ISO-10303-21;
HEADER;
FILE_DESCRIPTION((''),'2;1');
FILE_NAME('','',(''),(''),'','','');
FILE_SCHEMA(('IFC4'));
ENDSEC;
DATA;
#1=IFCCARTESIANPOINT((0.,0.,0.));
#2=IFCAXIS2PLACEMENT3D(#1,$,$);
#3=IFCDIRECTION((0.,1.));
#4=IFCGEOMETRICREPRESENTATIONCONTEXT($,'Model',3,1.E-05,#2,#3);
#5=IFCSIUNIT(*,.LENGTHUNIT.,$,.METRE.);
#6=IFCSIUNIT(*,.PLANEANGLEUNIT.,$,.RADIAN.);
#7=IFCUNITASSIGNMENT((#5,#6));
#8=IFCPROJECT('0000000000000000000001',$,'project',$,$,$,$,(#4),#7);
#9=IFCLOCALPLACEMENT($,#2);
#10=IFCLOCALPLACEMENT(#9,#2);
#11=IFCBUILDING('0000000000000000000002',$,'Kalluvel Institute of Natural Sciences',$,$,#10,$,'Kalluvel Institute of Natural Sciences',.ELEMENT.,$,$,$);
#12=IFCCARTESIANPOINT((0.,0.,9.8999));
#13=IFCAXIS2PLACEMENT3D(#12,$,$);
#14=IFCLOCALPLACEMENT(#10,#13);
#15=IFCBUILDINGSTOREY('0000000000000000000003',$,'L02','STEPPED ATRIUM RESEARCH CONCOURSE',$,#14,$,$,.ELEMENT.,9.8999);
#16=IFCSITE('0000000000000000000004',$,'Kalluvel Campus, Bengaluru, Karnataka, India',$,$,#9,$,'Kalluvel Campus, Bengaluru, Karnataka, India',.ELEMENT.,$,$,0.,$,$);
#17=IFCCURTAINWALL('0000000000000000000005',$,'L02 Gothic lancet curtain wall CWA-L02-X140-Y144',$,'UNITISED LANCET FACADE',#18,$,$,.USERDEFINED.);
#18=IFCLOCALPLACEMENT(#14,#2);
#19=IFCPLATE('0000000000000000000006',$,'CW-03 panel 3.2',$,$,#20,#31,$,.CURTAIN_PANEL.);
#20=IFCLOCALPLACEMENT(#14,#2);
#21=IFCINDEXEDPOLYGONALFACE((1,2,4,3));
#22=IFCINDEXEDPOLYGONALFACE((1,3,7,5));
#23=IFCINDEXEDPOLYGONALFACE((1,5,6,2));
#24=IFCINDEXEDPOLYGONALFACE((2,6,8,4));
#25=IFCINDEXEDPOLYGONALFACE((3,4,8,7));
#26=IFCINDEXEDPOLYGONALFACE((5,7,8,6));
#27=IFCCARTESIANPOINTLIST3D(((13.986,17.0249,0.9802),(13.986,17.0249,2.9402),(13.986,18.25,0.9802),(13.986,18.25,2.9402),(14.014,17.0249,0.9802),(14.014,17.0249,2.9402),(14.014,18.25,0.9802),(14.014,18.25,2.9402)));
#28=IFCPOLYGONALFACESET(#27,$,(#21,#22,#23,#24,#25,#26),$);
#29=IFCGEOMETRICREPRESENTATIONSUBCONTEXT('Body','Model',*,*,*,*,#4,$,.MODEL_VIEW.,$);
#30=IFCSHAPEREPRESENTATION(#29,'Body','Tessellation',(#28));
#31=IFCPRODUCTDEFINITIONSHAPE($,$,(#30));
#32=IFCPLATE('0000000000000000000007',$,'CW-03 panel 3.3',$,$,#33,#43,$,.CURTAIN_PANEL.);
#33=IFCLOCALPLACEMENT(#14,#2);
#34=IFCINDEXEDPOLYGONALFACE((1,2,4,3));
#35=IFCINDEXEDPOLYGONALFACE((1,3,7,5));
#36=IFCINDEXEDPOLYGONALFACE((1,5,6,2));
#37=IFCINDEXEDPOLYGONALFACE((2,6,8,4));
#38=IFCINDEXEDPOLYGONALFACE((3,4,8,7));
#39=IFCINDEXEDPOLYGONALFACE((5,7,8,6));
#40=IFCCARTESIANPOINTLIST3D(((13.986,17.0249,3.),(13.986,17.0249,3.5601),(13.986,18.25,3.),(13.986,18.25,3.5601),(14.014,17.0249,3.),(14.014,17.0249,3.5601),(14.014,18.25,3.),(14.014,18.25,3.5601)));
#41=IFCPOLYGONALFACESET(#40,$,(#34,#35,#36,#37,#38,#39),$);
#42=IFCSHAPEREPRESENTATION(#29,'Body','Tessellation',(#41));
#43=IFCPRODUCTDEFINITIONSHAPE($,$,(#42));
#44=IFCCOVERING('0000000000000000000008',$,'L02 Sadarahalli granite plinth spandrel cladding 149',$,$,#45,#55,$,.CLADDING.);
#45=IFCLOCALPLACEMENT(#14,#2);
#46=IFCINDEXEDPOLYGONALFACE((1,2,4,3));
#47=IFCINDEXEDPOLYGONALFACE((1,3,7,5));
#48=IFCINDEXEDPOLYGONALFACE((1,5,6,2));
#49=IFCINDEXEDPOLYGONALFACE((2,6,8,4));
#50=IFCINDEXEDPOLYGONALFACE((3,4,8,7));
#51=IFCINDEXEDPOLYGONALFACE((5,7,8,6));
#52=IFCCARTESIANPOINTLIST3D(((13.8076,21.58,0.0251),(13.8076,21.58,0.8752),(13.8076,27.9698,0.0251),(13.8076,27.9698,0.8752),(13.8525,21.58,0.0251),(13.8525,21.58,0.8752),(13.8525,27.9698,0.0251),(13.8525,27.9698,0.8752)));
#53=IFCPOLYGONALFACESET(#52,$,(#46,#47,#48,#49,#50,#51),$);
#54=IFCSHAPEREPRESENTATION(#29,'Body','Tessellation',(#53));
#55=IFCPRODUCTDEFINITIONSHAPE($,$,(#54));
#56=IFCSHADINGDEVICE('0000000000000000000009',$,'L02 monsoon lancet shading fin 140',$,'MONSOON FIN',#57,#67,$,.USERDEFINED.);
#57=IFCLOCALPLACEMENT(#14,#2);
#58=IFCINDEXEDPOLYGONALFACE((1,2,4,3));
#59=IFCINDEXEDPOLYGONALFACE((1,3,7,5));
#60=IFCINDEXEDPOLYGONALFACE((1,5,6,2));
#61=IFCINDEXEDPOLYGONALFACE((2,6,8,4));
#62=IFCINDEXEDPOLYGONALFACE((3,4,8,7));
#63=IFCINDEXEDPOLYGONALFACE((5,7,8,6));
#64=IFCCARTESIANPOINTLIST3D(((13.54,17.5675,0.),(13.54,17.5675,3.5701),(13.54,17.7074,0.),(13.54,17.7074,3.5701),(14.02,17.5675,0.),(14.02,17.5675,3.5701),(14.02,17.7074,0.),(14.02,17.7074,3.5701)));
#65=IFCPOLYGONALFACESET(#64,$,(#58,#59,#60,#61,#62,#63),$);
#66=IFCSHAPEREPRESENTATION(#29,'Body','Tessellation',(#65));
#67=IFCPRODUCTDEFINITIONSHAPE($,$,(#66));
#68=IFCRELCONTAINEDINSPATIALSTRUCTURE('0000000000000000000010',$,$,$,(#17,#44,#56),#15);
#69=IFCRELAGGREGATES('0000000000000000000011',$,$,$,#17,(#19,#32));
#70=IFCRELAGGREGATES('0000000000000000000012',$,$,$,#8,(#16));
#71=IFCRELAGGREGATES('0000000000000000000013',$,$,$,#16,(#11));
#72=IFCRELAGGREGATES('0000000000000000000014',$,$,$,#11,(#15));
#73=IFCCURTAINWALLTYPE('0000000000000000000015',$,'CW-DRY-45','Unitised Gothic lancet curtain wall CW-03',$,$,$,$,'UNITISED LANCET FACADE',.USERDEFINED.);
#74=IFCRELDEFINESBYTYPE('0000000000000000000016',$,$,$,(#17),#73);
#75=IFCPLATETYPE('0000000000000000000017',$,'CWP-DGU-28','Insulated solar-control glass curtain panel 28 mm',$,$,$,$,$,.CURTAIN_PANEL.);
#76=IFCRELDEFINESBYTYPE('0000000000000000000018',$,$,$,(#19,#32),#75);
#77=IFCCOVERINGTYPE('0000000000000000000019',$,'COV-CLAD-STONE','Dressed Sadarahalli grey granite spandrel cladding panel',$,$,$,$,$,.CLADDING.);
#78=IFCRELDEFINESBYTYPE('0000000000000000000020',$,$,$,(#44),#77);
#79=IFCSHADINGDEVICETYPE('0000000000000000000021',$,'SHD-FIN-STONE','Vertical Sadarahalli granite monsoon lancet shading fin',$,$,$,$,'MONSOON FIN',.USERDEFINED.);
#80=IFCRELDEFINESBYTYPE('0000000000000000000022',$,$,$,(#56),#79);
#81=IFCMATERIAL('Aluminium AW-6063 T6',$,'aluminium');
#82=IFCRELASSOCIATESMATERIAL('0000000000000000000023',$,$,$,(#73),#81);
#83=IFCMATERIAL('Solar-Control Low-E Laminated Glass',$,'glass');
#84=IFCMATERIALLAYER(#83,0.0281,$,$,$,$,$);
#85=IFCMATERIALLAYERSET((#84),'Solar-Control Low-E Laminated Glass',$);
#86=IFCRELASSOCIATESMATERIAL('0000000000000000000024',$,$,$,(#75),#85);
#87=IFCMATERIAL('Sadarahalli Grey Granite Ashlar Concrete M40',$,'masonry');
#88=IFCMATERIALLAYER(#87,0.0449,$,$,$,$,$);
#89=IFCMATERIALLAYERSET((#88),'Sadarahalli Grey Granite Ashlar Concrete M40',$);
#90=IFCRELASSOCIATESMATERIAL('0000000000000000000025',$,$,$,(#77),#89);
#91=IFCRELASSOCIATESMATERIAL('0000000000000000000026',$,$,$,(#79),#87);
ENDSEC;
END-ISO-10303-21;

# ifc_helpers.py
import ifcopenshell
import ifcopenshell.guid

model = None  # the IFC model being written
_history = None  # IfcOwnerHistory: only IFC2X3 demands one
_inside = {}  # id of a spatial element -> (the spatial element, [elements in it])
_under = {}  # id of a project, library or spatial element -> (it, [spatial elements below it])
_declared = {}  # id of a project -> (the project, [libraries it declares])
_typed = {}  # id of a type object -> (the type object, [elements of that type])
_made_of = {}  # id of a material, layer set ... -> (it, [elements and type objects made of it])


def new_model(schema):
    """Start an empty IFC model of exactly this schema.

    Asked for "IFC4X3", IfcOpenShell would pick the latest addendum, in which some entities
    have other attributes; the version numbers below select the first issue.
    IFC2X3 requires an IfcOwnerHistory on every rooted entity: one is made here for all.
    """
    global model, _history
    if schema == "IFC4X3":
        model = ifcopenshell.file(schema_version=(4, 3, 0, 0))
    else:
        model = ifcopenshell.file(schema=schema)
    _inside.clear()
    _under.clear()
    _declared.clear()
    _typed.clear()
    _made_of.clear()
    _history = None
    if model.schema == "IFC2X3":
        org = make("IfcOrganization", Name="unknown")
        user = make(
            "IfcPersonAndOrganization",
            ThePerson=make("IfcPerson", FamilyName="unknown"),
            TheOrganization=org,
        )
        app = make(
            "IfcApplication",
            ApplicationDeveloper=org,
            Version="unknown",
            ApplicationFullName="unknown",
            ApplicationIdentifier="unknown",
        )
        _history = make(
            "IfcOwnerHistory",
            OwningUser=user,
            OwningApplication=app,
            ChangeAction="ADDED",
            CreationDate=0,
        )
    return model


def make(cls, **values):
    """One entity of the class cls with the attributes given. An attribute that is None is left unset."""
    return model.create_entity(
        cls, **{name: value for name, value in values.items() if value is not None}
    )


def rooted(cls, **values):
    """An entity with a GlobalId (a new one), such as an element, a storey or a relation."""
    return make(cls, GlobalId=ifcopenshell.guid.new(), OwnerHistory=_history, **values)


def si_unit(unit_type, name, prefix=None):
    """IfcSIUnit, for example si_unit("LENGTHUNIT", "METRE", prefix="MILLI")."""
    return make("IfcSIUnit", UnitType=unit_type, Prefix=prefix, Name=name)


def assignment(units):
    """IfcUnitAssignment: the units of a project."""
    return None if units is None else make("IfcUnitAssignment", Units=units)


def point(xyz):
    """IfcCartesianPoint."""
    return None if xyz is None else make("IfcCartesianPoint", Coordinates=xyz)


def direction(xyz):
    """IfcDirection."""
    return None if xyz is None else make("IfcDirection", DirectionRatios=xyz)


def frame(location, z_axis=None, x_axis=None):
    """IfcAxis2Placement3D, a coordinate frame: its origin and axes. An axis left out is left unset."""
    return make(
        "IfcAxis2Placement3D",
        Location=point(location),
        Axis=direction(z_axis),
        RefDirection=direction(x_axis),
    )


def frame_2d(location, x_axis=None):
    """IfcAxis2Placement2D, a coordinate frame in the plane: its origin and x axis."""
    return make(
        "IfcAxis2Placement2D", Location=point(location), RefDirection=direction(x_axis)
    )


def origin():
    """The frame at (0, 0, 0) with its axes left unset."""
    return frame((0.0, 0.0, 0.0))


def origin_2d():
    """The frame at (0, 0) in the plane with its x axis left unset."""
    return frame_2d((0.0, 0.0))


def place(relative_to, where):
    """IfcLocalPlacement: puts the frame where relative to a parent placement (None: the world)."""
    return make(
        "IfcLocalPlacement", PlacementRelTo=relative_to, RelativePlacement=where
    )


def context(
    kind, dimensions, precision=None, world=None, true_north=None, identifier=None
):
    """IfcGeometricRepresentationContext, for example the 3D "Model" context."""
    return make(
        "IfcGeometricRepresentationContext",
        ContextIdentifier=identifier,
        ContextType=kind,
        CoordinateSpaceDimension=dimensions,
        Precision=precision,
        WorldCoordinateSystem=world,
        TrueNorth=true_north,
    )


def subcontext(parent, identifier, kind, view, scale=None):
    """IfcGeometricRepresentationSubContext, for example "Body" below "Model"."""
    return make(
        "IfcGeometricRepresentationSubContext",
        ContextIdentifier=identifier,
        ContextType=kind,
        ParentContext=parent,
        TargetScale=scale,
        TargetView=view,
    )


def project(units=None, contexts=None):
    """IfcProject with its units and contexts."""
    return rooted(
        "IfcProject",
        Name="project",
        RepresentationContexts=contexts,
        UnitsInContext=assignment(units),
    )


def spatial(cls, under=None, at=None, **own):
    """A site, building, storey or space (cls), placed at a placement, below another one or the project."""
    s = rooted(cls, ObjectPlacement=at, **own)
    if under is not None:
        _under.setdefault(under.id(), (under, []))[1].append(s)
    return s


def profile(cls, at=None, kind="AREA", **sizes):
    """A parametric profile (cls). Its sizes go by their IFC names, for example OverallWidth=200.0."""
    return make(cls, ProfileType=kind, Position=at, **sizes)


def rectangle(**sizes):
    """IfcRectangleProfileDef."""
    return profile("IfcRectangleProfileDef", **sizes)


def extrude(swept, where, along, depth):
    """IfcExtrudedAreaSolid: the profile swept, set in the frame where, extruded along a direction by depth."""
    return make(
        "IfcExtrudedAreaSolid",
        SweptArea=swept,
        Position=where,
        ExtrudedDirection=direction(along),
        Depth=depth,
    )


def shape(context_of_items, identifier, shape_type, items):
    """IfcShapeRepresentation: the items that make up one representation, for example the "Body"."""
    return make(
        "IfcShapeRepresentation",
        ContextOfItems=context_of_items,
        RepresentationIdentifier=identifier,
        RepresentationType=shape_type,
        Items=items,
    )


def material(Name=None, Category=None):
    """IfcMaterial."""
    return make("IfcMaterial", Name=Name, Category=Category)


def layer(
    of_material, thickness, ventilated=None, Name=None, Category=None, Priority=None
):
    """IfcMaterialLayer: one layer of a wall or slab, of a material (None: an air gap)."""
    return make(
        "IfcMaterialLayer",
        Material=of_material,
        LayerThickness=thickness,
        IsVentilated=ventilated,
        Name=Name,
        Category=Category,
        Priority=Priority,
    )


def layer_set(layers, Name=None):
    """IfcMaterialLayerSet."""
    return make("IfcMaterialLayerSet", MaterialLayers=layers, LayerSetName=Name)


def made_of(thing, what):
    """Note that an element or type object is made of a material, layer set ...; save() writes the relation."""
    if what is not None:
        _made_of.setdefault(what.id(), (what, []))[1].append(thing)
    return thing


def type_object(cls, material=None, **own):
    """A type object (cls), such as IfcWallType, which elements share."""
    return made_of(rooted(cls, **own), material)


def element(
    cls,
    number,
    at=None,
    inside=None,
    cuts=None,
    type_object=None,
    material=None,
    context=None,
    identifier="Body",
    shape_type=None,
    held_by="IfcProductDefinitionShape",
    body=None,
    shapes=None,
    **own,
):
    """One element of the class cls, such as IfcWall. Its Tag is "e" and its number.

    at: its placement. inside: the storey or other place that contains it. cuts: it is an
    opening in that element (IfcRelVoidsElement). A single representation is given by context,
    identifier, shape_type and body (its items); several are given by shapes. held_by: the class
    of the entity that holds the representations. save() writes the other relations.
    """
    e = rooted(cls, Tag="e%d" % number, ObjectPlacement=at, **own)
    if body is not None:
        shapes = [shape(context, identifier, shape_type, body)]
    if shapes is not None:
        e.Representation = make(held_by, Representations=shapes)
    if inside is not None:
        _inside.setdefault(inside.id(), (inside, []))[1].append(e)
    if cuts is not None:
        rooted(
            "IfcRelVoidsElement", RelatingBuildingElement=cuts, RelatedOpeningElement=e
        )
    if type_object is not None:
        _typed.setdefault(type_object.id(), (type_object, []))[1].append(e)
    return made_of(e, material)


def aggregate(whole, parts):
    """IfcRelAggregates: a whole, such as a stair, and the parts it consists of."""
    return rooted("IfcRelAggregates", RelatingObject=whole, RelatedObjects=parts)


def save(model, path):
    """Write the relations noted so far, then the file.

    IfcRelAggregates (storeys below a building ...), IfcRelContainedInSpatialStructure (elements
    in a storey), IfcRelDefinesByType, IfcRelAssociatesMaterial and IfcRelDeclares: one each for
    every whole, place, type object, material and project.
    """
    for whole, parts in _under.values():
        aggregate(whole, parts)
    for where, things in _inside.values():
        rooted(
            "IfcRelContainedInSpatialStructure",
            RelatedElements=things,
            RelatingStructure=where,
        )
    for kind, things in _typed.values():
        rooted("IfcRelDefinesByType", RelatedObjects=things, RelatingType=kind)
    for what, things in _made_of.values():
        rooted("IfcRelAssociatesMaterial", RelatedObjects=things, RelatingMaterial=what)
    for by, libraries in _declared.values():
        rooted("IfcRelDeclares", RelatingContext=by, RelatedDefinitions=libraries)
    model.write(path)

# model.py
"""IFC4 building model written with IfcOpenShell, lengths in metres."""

from ifc_helpers import new_model, si_unit, direction, frame, origin, origin_2d, place, context, subcontext, project, spatial, rectangle, extrude, material, layer, layer_set, type_object, element, aggregate, save


model = new_model("IFC4")

# Units and contexts
model_context = context("Model", 3, precision=1e-05, world=origin(), true_north=direction((0.0, 1.0)))
body_context = subcontext(model_context, "Body", "Model", "MODEL_VIEW")
ifc_project = project(units=[si_unit("LENGTHUNIT", "METRE"), si_unit("PLANEANGLEUNIT", "RADIAN")], contexts=[model_context])

# Site, building, storey
site_placement = place(None, origin())
site = spatial("IfcSite", under=ifc_project, at=site_placement, Name="Kalluvel Campus, Bengaluru, Karnataka, India", LongName="Kalluvel Campus, Bengaluru, Karnataka, India", CompositionType="ELEMENT", RefElevation=0.0)
building_placement = place(site_placement, origin())
building = spatial("IfcBuilding", under=site, at=building_placement, Name="Kalluvel Institute of Natural Sciences", LongName="Kalluvel Institute of Natural Sciences", CompositionType="ELEMENT")
storey_placement = place(building_placement, frame((0.0, 0.0, 9.8999)))
storey = spatial("IfcBuildingStorey", under=building, at=storey_placement, Name="L02", Description="STEPPED ATRIUM RESEARCH CONCOURSE", CompositionType="ELEMENT", Elevation=9.8999)

# Curtain wall, plates
ifc_material_1 = material(Name="Aluminium AW-6063 T6", Category="aluminium")
curtain_wall_type = type_object("IfcCurtainWallType", Name="CW-DRY-45", Description="Unitised Gothic lancet curtain wall CW-03", ElementType="UNITISED LANCET FACADE", PredefinedType="USERDEFINED", material=ifc_material_1)
curtain_wall_placement = place(storey_placement, origin())
curtain_wall = element("IfcCurtainWall", 1, at=curtain_wall_placement, inside=storey, type_object=curtain_wall_type, Name="L02 Gothic lancet curtain wall CWA-L02-X140-Y144", ObjectType="UNITISED LANCET FACADE", PredefinedType="USERDEFINED")
ifc_material_2 = material(Name="Solar-Control Low-E Laminated Glass", Category="glass")
ifc_layer_1 = layer(ifc_material_2, 0.0281)
ifc_layer_set_1 = layer_set([ifc_layer_1], Name="Solar-Control Low-E Laminated Glass")
plate_type = type_object("IfcPlateType", Name="CWP-DGU-28", Description="Insulated solar-control glass curtain panel 28 mm", PredefinedType="CURTAIN_PANEL", material=ifc_layer_set_1)
plate_1_placement = place(storey_placement, frame((14.0, 17.6375, 0.9802), z_axis=(0.0, 0.0, 1.0), x_axis=(0.0, 1.0, 0.0)))
plate_1 = element("IfcPlate", 2, at=plate_1_placement, type_object=plate_type, Name="CW-03 panel 3.2", PredefinedType="CURTAIN_PANEL", context=body_context, shape_type="SweptSolid", body=[
    extrude(rectangle(XDim=1.2251, YDim=0.0281, at=origin_2d()), origin(), (0.0, 0.0, 1.0), 1.96),
])
plate_2_placement = place(storey_placement, frame((14.0, 17.6375, 3.0), z_axis=(0.0, 0.0, 1.0), x_axis=(0.0, 1.0, 0.0)))
plate_2 = element("IfcPlate", 3, at=plate_2_placement, type_object=plate_type, Name="CW-03 panel 3.3", PredefinedType="CURTAIN_PANEL", context=body_context, shape_type="SweptSolid", body=[
    extrude(rectangle(XDim=1.2251, YDim=0.0281, at=origin_2d()), origin(), (0.0, 0.0, 1.0), 0.5601),
])
aggregate(curtain_wall, [plate_1, plate_2])

# Covering
ifc_material_3 = material(Name="Sadarahalli Grey Granite Ashlar Concrete M40", Category="masonry")
ifc_layer_2 = layer(ifc_material_3, 0.0449)
ifc_layer_set_2 = layer_set([ifc_layer_2], Name="Sadarahalli Grey Granite Ashlar Concrete M40")
covering_type = type_object("IfcCoveringType", Name="COV-CLAD-STONE", Description="Dressed Sadarahalli grey granite spandrel cladding panel", PredefinedType="CLADDING", material=ifc_layer_set_2)
covering_placement = place(storey_placement, frame((13.8301, 24.7749, 0.0251), z_axis=(0.0, 0.0, 1.0), x_axis=(0.0, 1.0, 0.0)))
element("IfcCovering", 4, at=covering_placement, inside=storey, type_object=covering_type, Name="L02 Sadarahalli granite plinth spandrel cladding 149", PredefinedType="CLADDING", context=body_context, shape_type="SweptSolid", body=[
    extrude(rectangle(XDim=6.3899, YDim=0.0449, at=origin_2d()), origin(), (0.0, 0.0, 1.0), 0.8501),
])

# Shading device
shading_device_type = type_object("IfcShadingDeviceType", Name="SHD-FIN-STONE", Description="Vertical Sadarahalli granite monsoon lancet shading fin", ElementType="MONSOON FIN", PredefinedType="USERDEFINED", material=ifc_material_3)
shading_device_placement = place(storey_placement, frame((13.78, 17.6375, 0.0), z_axis=(0.0, 0.0, 1.0), x_axis=(0.0, 1.0, 0.0)))
element("IfcShadingDevice", 5, at=shading_device_placement, inside=storey, type_object=shading_device_type, Name="L02 monsoon lancet shading fin 140", ObjectType="MONSOON FIN", PredefinedType="USERDEFINED", context=body_context, shape_type="SweptSolid", body=[
    extrude(rectangle(XDim=0.1399, YDim=0.48, at=origin_2d()), origin(), (0.0, 0.0, 1.0), 3.5701),
])

save(model, "model.ifc")
